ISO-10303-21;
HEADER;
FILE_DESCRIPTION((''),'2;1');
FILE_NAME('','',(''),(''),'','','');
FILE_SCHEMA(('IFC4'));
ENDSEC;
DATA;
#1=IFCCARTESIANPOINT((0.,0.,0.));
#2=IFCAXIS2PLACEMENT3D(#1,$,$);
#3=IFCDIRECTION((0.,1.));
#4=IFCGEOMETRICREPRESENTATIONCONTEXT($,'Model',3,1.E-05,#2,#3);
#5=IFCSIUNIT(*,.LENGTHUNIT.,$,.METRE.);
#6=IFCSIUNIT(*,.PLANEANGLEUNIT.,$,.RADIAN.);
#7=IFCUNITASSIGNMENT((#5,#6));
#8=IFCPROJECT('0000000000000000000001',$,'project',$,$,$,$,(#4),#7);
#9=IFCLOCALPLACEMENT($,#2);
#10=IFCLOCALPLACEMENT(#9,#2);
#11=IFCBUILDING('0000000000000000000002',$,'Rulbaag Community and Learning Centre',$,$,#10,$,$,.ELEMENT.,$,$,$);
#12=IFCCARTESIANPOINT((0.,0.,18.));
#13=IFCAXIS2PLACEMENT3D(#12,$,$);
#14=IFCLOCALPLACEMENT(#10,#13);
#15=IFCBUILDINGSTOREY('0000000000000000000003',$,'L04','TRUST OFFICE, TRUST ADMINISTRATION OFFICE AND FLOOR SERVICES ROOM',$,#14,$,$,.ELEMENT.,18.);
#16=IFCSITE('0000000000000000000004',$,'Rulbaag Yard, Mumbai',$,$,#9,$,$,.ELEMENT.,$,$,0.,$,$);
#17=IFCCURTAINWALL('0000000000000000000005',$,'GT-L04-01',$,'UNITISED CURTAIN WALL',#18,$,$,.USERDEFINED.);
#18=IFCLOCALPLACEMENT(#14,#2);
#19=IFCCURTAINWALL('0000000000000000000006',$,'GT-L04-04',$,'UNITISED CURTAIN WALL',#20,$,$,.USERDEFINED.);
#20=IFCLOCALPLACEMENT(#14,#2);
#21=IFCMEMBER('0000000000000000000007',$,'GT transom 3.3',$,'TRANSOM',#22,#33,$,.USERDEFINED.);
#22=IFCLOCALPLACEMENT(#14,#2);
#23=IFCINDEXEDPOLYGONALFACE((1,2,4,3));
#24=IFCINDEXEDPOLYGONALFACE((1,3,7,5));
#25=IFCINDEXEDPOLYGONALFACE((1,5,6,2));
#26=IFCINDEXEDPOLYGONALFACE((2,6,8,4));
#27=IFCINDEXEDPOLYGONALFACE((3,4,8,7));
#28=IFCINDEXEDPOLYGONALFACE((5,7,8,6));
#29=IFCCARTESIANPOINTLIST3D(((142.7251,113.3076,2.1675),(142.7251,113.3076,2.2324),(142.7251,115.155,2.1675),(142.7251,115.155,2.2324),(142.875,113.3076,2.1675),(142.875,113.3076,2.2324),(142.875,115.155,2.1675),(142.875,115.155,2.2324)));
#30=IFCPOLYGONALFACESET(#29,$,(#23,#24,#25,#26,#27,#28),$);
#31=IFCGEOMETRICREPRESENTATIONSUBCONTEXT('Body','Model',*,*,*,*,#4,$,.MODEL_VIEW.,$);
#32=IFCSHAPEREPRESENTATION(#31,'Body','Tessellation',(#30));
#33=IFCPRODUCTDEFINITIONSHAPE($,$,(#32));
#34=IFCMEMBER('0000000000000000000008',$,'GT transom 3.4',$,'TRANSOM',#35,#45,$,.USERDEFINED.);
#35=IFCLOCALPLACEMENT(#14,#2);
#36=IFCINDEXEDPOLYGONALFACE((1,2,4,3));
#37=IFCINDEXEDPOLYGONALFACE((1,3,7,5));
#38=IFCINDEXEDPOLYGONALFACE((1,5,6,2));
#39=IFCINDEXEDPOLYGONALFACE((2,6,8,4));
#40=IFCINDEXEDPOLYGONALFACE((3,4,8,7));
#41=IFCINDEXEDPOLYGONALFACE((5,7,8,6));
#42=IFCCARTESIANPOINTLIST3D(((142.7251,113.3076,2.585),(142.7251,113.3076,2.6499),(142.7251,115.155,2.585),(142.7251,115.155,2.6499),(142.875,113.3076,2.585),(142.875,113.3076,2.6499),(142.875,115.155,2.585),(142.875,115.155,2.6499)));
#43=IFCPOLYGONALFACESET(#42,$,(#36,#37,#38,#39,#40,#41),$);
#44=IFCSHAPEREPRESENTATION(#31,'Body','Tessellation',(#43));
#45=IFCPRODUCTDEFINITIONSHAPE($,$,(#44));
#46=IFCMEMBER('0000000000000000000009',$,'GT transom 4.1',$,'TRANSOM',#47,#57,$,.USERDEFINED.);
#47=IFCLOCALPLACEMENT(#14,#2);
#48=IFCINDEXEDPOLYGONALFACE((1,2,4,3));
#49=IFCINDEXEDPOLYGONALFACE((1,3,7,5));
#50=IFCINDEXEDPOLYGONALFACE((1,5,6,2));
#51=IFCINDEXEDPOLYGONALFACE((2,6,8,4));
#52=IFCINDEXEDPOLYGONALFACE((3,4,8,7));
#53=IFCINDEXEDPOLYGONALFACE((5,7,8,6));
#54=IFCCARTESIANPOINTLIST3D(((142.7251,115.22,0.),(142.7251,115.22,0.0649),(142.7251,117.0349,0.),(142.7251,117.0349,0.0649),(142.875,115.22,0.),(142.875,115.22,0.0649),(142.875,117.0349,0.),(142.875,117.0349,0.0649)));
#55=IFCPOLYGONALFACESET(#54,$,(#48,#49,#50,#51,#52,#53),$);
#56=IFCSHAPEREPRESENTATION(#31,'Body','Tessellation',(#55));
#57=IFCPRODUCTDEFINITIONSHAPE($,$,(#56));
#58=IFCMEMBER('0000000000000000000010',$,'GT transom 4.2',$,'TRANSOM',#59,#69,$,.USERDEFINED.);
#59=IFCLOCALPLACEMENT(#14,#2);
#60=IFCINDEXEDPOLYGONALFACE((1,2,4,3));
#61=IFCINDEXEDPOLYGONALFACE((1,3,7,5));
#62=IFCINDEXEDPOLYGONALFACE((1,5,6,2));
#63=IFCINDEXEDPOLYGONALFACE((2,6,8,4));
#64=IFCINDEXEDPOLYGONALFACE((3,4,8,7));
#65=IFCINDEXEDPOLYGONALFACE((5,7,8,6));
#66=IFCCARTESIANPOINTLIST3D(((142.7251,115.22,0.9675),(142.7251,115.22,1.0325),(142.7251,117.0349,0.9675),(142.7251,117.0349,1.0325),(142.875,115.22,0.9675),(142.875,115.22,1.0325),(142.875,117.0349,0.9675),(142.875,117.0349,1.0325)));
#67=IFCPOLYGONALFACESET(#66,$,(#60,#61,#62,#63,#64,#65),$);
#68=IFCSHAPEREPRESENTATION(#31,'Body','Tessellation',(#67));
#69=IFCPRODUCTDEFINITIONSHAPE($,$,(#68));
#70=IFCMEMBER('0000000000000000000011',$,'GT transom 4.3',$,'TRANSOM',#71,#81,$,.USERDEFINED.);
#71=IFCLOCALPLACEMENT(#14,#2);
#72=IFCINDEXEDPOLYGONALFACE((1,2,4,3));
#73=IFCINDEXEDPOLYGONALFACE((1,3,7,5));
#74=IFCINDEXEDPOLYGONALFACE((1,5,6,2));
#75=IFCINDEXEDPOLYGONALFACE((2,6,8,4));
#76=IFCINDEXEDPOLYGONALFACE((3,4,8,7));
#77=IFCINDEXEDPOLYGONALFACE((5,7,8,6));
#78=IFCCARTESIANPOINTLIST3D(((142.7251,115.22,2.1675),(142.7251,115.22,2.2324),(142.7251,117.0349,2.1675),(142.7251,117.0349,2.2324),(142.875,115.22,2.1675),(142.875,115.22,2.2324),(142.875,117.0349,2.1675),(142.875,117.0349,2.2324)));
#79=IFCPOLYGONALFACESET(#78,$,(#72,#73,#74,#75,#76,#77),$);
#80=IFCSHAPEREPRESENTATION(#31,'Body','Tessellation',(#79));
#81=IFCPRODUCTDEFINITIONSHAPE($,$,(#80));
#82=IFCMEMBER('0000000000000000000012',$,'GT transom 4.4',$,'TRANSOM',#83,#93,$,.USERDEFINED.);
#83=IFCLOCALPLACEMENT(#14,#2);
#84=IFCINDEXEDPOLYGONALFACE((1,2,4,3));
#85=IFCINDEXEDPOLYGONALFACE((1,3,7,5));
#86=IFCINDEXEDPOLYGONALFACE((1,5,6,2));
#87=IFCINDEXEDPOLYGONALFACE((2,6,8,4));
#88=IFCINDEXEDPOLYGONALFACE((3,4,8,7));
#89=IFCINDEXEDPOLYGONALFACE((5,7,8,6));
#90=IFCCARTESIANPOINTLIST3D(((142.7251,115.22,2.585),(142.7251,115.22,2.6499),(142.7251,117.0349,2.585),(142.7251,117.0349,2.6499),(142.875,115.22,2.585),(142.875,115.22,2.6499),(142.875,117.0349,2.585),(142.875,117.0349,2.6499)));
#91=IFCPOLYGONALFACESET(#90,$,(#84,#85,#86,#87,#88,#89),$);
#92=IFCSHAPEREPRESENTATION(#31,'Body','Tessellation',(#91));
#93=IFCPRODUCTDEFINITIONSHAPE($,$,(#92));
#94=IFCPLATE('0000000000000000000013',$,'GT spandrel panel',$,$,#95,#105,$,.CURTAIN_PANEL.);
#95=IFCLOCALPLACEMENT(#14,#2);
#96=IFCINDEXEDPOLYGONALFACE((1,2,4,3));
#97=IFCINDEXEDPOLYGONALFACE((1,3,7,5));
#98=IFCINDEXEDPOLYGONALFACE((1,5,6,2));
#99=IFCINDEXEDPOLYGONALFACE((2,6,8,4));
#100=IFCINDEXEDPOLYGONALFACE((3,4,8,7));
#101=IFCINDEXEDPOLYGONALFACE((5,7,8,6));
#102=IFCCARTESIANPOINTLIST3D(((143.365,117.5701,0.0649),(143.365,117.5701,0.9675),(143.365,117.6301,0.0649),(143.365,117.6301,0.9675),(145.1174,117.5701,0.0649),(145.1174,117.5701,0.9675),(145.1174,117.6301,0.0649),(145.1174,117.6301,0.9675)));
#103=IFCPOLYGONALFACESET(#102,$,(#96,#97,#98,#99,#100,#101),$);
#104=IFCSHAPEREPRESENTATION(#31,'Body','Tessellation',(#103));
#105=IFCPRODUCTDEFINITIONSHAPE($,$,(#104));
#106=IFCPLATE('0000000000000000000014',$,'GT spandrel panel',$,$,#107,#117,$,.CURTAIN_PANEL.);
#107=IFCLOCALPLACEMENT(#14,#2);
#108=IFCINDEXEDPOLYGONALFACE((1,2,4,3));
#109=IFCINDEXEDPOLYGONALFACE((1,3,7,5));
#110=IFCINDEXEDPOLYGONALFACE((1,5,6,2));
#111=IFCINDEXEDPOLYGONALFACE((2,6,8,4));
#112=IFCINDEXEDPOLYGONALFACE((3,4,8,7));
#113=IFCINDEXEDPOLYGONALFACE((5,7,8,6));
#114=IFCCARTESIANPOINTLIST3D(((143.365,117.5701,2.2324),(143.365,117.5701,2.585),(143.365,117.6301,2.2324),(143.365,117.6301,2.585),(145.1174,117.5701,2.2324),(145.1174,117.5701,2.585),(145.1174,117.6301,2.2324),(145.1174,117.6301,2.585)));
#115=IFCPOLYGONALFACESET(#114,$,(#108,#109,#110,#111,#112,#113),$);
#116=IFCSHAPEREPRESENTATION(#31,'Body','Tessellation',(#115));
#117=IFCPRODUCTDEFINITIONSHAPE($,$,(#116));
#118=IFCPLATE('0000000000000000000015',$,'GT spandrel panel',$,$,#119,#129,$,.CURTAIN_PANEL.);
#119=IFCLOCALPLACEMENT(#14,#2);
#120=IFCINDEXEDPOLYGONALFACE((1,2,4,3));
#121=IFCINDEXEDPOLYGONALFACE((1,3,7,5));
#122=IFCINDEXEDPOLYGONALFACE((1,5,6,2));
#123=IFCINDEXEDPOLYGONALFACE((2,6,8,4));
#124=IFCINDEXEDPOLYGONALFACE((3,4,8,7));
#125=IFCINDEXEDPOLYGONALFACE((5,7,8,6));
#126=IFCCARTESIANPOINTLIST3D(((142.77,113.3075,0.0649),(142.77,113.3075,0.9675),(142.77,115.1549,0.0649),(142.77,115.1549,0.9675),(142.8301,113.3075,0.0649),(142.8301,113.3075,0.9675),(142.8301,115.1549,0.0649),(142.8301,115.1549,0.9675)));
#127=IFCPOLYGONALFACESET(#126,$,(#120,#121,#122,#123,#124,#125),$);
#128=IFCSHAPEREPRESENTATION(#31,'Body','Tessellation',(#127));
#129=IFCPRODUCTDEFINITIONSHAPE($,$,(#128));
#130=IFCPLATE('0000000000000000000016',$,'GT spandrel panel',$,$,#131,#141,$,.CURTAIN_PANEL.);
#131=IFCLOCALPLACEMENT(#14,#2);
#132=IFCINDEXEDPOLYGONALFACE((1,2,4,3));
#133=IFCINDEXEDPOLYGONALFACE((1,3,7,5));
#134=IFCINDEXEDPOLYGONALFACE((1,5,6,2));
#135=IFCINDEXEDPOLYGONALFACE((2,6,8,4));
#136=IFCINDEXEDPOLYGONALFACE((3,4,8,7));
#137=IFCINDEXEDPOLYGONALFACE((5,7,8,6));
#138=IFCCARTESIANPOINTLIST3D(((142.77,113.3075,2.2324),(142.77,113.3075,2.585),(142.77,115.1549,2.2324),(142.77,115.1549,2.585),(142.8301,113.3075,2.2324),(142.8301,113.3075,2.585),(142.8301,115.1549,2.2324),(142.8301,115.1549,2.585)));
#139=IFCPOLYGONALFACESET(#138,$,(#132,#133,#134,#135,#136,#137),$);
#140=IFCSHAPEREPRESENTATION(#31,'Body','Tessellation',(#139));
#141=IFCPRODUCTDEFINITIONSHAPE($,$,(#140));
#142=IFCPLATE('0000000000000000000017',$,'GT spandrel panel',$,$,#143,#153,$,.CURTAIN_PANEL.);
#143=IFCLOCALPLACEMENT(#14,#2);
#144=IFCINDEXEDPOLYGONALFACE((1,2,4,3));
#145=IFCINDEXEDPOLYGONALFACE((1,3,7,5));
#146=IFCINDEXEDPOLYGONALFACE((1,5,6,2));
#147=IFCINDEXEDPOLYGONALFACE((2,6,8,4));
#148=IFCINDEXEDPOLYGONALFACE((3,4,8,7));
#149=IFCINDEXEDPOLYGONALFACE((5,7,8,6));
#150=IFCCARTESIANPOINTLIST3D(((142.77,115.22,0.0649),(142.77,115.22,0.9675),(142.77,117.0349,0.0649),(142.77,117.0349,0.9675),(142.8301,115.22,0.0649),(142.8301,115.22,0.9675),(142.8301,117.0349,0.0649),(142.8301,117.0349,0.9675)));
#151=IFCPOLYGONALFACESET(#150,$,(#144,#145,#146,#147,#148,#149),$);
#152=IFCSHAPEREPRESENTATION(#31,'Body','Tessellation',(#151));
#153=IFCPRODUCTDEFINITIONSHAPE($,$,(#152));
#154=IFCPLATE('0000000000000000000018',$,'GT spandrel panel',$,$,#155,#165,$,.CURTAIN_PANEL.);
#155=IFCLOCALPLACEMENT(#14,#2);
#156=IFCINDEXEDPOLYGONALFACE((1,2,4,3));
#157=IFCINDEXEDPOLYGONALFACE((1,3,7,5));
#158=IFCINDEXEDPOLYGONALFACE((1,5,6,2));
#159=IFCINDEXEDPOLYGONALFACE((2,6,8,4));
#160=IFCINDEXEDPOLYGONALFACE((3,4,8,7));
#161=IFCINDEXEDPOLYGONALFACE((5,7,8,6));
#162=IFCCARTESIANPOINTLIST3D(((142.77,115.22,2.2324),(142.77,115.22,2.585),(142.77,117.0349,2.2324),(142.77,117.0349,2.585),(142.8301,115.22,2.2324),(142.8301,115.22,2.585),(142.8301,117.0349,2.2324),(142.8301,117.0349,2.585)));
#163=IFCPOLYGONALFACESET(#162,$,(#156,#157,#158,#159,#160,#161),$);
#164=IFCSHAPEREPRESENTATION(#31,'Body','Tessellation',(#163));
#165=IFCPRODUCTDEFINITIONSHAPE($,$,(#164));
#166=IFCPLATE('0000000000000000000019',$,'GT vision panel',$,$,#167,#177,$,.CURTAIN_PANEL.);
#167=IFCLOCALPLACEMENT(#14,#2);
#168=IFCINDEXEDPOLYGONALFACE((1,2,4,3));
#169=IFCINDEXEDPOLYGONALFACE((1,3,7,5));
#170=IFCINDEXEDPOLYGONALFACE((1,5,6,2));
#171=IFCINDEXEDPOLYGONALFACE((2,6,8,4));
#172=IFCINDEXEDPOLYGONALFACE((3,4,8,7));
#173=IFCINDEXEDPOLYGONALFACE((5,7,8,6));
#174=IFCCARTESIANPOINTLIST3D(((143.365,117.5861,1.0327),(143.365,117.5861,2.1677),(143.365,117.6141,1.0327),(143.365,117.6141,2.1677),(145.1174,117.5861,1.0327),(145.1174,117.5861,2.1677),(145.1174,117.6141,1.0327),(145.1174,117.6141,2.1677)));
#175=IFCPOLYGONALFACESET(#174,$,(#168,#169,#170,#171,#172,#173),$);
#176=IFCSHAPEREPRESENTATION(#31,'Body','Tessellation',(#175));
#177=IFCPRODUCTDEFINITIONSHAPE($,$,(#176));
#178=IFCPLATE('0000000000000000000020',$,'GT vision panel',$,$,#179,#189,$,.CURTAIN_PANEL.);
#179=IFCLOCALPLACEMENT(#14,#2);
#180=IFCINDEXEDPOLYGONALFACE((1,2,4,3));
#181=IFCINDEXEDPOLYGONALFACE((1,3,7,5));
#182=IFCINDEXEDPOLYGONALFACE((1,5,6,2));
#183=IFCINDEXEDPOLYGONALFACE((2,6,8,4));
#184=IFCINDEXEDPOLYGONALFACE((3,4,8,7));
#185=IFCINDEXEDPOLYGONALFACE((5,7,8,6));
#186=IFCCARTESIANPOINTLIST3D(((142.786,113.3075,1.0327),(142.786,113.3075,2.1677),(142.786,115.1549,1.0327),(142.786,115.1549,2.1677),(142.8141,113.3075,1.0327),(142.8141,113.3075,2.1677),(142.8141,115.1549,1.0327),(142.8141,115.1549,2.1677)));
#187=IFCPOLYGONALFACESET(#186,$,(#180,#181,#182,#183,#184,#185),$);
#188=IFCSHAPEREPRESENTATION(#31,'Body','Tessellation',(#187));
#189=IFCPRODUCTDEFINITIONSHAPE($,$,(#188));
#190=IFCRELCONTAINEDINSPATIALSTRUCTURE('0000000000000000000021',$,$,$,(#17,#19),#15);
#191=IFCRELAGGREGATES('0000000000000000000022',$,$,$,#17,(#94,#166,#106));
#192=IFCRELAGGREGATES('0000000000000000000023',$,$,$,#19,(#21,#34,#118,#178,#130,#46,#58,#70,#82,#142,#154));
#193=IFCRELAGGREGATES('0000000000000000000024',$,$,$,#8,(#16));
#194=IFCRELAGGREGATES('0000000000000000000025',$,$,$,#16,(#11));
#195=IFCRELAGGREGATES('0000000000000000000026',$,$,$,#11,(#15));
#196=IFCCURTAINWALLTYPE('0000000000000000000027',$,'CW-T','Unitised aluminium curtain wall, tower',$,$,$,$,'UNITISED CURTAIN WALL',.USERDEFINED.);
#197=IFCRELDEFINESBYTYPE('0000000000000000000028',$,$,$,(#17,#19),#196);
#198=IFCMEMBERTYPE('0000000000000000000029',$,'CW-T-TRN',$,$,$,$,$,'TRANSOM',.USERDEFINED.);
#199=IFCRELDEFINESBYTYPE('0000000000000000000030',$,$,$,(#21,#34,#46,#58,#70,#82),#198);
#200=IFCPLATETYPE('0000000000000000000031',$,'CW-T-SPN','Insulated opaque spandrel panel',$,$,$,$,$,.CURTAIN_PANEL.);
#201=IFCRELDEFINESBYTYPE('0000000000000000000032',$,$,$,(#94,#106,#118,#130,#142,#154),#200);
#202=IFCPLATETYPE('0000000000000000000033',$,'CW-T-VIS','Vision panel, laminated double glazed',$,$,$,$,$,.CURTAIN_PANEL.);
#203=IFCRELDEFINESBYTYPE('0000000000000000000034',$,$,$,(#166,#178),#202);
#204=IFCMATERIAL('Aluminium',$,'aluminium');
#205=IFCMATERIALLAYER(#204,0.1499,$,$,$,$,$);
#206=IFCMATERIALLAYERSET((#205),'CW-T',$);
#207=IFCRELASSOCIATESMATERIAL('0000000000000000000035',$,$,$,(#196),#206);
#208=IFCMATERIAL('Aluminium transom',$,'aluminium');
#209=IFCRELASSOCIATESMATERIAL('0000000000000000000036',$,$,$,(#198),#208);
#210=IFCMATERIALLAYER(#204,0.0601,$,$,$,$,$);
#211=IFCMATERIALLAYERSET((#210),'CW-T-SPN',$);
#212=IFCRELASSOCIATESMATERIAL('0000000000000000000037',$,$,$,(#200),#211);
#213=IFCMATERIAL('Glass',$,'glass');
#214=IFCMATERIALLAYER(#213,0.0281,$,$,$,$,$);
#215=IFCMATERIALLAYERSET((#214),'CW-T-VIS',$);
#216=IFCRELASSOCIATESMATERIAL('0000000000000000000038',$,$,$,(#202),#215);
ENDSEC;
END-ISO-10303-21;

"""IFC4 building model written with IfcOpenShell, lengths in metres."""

from ifc_helpers import new_model, si_unit, direction, frame, origin, origin_2d, place, context, subcontext, project, spatial, rectangle, extrude, material, layer, layer_set, material_profile, profile_set, type_object, element, aggregate, save


model = new_model("IFC4")

# Units and contexts
model_context = context("Model", 3, precision=1e-05, world=origin(), true_north=direction((0.0, 1.0)))
body_context = subcontext(model_context, "Body", "Model", "MODEL_VIEW")
ifc_project = project(units=[si_unit("LENGTHUNIT", "METRE"), si_unit("PLANEANGLEUNIT", "RADIAN")], contexts=[model_context])

# Site, building, storey
site_placement = place(None, origin())
site = spatial("IfcSite", under=ifc_project, at=site_placement, Name="Rulbaag Yard, Mumbai", CompositionType="ELEMENT", RefElevation=0.0)
building_placement = place(site_placement, origin())
building = spatial("IfcBuilding", under=site, at=building_placement, Name="Rulbaag Community and Learning Centre", CompositionType="ELEMENT")
storey_placement = place(building_placement, frame((0.0, 0.0, 18.0)))
storey = spatial("IfcBuildingStorey", under=building, at=storey_placement, Name="L04", Description="TRUST OFFICE, TRUST ADMINISTRATION OFFICE AND FLOOR SERVICES ROOM", CompositionType="ELEMENT", Elevation=18.0)

# Curtain walls, members
ifc_material_1 = material(Name="Aluminium", Category="aluminium")
ifc_layer_1 = layer(ifc_material_1, 0.1499)
ifc_layer_set_1 = layer_set([ifc_layer_1], Name="CW-T")
curtain_wall_type = type_object("IfcCurtainWallType", Name="CW-T", Description="Unitised aluminium curtain wall, tower", ElementType="UNITISED CURTAIN WALL", PredefinedType="USERDEFINED", material=ifc_layer_set_1)
curtain_wall_1_placement = place(storey_placement, origin())
curtain_wall_1 = element("IfcCurtainWall", 1, at=curtain_wall_1_placement, inside=storey, type_object=curtain_wall_type, Name="GT-L04-01", ObjectType="UNITISED CURTAIN WALL", PredefinedType="USERDEFINED")
ifc_material_2 = material(Name="Aluminium transom", Category="aluminium")
ifc_material_profile_1 = material_profile(ifc_material_2, rectangle(XDim=0.1499, YDim=0.0649, at=origin_2d()), Name="AL 65x150 T")
ifc_profile_set_1 = profile_set([ifc_material_profile_1], Name="Aluminium transom")
member_type_1 = type_object("IfcMemberType", Name="CW-T-TRN", ElementType="TRANSOM", PredefinedType="USERDEFINED", material=ifc_profile_set_1)
curtain_wall_2_placement = place(storey_placement, origin())
curtain_wall_2 = element("IfcCurtainWall", 2, at=curtain_wall_2_placement, inside=storey, type_object=curtain_wall_type, Name="GT-L04-04", ObjectType="UNITISED CURTAIN WALL", PredefinedType="USERDEFINED")
member_1_placement = place(storey_placement, frame((142.8, 113.3076, 2.2), z_axis=(0.0, 1.0, 0.0), x_axis=(-1.0, 0.0, 0.0)))
member_1 = element("IfcMember", 3, at=member_1_placement, type_object=member_type_1, Name="GT transom 3.3", ObjectType="TRANSOM", PredefinedType="USERDEFINED", context=body_context, shape_type="SweptSolid", body=[
    extrude(rectangle(XDim=0.1499, YDim=0.0649, at=origin_2d()), origin(), (0.0, 0.0, 1.0), 1.8474),
])
member_2_placement = place(storey_placement, frame((142.8, 113.3076, 2.6174), z_axis=(0.0, 1.0, 0.0), x_axis=(-1.0, 0.0, 0.0)))
member_2 = element("IfcMember", 4, at=member_2_placement, type_object=member_type_1, Name="GT transom 3.4", ObjectType="TRANSOM", PredefinedType="USERDEFINED", context=body_context, shape_type="SweptSolid", body=[
    extrude(rectangle(XDim=0.1499, YDim=0.0649, at=origin_2d()), origin(), (0.0, 0.0, 1.0), 1.8474),
])
member_3_placement = place(storey_placement, frame((142.8, 115.22, 0.0325), z_axis=(0.0, 1.0, 0.0), x_axis=(-1.0, 0.0, 0.0)))
member_3 = element("IfcMember", 5, at=member_3_placement, type_object=member_type_1, Name="GT transom 4.1", ObjectType="TRANSOM", PredefinedType="USERDEFINED", context=body_context, shape_type="SweptSolid", body=[
    extrude(rectangle(XDim=0.1499, YDim=0.0649, at=origin_2d()), origin(), (0.0, 0.0, 1.0), 1.8149),
])
member_4_placement = place(storey_placement, frame((142.8, 115.22, 1.0), z_axis=(0.0, 1.0, 0.0), x_axis=(-1.0, 0.0, 0.0)))
member_4 = element("IfcMember", 6, at=member_4_placement, type_object=member_type_1, Name="GT transom 4.2", ObjectType="TRANSOM", PredefinedType="USERDEFINED", context=body_context, shape_type="SweptSolid", body=[
    extrude(rectangle(XDim=0.1499, YDim=0.0649, at=origin_2d()), origin(), (0.0, 0.0, 1.0), 1.8149),
])
member_5_placement = place(storey_placement, frame((142.8, 115.22, 2.2), z_axis=(0.0, 1.0, 0.0), x_axis=(-1.0, 0.0, 0.0)))
member_5 = element("IfcMember", 7, at=member_5_placement, type_object=member_type_1, Name="GT transom 4.3", ObjectType="TRANSOM", PredefinedType="USERDEFINED", context=body_context, shape_type="SweptSolid", body=[
    extrude(rectangle(XDim=0.1499, YDim=0.0649, at=origin_2d()), origin(), (0.0, 0.0, 1.0), 1.8149),
])
member_6_placement = place(storey_placement, frame((142.8, 115.22, 2.6174), z_axis=(0.0, 1.0, 0.0), x_axis=(-1.0, 0.0, 0.0)))
member_6 = element("IfcMember", 8, at=member_6_placement, type_object=member_type_1, Name="GT transom 4.4", ObjectType="TRANSOM", PredefinedType="USERDEFINED", context=body_context, shape_type="SweptSolid", body=[
    extrude(rectangle(XDim=0.1499, YDim=0.0649, at=origin_2d()), origin(), (0.0, 0.0, 1.0), 1.8149),
])

# Plates
ifc_layer_2 = layer(ifc_material_1, 0.0601)
ifc_layer_set_2 = layer_set([ifc_layer_2], Name="CW-T-SPN")
plate_type_1 = type_object("IfcPlateType", Name="CW-T-SPN", Description="Insulated opaque spandrel panel", PredefinedType="CURTAIN_PANEL", material=ifc_layer_set_2)
plate_1_placement = place(storey_placement, frame((144.2412, 117.6001, 0.0649), z_axis=(0.0, 0.0, 1.0), x_axis=(1.0, 0.0, 0.0)))
plate_1 = element("IfcPlate", 9, at=plate_1_placement, type_object=plate_type_1, Name="GT spandrel panel", PredefinedType="CURTAIN_PANEL", context=body_context, shape_type="SweptSolid", body=[
    extrude(rectangle(XDim=1.7524, YDim=0.0601, at=origin_2d()), origin(), (0.0, 0.0, 1.0), 0.9026),
])
plate_2_placement = place(storey_placement, frame((144.2412, 117.6001, 2.2324), z_axis=(0.0, 0.0, 1.0), x_axis=(1.0, 0.0, 0.0)))
plate_2 = element("IfcPlate", 10, at=plate_2_placement, type_object=plate_type_1, Name="GT spandrel panel", PredefinedType="CURTAIN_PANEL", context=body_context, shape_type="SweptSolid", body=[
    extrude(rectangle(XDim=1.7524, YDim=0.0601, at=origin_2d()), origin(), (0.0, 0.0, 1.0), 0.3525),
])
plate_3_placement = place(storey_placement, frame((142.8, 114.2312, 0.0649), z_axis=(0.0, 0.0, 1.0), x_axis=(0.0, 1.0, 0.0)))
plate_3 = element("IfcPlate", 11, at=plate_3_placement, type_object=plate_type_1, Name="GT spandrel panel", PredefinedType="CURTAIN_PANEL", context=body_context, shape_type="SweptSolid", body=[
    extrude(rectangle(XDim=1.8474, YDim=0.0601, at=origin_2d()), origin(), (0.0, 0.0, 1.0), 0.9026),
])
plate_4_placement = place(storey_placement, frame((142.8, 114.2312, 2.2324), z_axis=(0.0, 0.0, 1.0), x_axis=(0.0, 1.0, 0.0)))
plate_4 = element("IfcPlate", 12, at=plate_4_placement, type_object=plate_type_1, Name="GT spandrel panel", PredefinedType="CURTAIN_PANEL", context=body_context, shape_type="SweptSolid", body=[
    extrude(rectangle(XDim=1.8474, YDim=0.0601, at=origin_2d()), origin(), (0.0, 0.0, 1.0), 0.3525),
])
plate_5_placement = place(storey_placement, frame((142.8, 116.1274, 0.0649), z_axis=(0.0, 0.0, 1.0), x_axis=(0.0, 1.0, 0.0)))
plate_5 = element("IfcPlate", 13, at=plate_5_placement, type_object=plate_type_1, Name="GT spandrel panel", PredefinedType="CURTAIN_PANEL", context=body_context, shape_type="SweptSolid", body=[
    extrude(rectangle(XDim=1.8149, YDim=0.0601, at=origin_2d()), origin(), (0.0, 0.0, 1.0), 0.9026),
])
plate_6_placement = place(storey_placement, frame((142.8, 116.1274, 2.2324), z_axis=(0.0, 0.0, 1.0), x_axis=(0.0, 1.0, 0.0)))
plate_6 = element("IfcPlate", 14, at=plate_6_placement, type_object=plate_type_1, Name="GT spandrel panel", PredefinedType="CURTAIN_PANEL", context=body_context, shape_type="SweptSolid", body=[
    extrude(rectangle(XDim=1.8149, YDim=0.0601, at=origin_2d()), origin(), (0.0, 0.0, 1.0), 0.3525),
])
ifc_material_3 = material(Name="Glass", Category="glass")
ifc_layer_3 = layer(ifc_material_3, 0.0281)
ifc_layer_set_3 = layer_set([ifc_layer_3], Name="CW-T-VIS")
plate_type_2 = type_object("IfcPlateType", Name="CW-T-VIS", Description="Vision panel, laminated double glazed", PredefinedType="CURTAIN_PANEL", material=ifc_layer_set_3)
plate_7_placement = place(storey_placement, frame((144.2412, 117.6001, 1.0327), z_axis=(0.0, 0.0, 1.0), x_axis=(1.0, 0.0, 0.0)))
plate_7 = element("IfcPlate", 15, at=plate_7_placement, type_object=plate_type_2, Name="GT vision panel", PredefinedType="CURTAIN_PANEL", context=body_context, shape_type="SweptSolid", body=[
    extrude(rectangle(XDim=1.7524, YDim=0.0281, at=origin_2d()), origin(), (0.0, 0.0, 1.0), 1.135),
])
aggregate(curtain_wall_1, [plate_1, plate_7, plate_2])
plate_8_placement = place(storey_placement, frame((142.8, 114.2312, 1.0327), z_axis=(0.0, 0.0, 1.0), x_axis=(0.0, 1.0, 0.0)))
plate_8 = element("IfcPlate", 16, at=plate_8_placement, type_object=plate_type_2, Name="GT vision panel", PredefinedType="CURTAIN_PANEL", context=body_context, shape_type="SweptSolid", body=[
    extrude(rectangle(XDim=1.8474, YDim=0.0281, at=origin_2d()), origin(), (0.0, 0.0, 1.0), 1.135),
])
aggregate(curtain_wall_2, [member_1, member_2, plate_3, plate_8, plate_4, member_3, member_4, member_5, member_6, plate_5, plate_6])

save(model, "model.ifc")
